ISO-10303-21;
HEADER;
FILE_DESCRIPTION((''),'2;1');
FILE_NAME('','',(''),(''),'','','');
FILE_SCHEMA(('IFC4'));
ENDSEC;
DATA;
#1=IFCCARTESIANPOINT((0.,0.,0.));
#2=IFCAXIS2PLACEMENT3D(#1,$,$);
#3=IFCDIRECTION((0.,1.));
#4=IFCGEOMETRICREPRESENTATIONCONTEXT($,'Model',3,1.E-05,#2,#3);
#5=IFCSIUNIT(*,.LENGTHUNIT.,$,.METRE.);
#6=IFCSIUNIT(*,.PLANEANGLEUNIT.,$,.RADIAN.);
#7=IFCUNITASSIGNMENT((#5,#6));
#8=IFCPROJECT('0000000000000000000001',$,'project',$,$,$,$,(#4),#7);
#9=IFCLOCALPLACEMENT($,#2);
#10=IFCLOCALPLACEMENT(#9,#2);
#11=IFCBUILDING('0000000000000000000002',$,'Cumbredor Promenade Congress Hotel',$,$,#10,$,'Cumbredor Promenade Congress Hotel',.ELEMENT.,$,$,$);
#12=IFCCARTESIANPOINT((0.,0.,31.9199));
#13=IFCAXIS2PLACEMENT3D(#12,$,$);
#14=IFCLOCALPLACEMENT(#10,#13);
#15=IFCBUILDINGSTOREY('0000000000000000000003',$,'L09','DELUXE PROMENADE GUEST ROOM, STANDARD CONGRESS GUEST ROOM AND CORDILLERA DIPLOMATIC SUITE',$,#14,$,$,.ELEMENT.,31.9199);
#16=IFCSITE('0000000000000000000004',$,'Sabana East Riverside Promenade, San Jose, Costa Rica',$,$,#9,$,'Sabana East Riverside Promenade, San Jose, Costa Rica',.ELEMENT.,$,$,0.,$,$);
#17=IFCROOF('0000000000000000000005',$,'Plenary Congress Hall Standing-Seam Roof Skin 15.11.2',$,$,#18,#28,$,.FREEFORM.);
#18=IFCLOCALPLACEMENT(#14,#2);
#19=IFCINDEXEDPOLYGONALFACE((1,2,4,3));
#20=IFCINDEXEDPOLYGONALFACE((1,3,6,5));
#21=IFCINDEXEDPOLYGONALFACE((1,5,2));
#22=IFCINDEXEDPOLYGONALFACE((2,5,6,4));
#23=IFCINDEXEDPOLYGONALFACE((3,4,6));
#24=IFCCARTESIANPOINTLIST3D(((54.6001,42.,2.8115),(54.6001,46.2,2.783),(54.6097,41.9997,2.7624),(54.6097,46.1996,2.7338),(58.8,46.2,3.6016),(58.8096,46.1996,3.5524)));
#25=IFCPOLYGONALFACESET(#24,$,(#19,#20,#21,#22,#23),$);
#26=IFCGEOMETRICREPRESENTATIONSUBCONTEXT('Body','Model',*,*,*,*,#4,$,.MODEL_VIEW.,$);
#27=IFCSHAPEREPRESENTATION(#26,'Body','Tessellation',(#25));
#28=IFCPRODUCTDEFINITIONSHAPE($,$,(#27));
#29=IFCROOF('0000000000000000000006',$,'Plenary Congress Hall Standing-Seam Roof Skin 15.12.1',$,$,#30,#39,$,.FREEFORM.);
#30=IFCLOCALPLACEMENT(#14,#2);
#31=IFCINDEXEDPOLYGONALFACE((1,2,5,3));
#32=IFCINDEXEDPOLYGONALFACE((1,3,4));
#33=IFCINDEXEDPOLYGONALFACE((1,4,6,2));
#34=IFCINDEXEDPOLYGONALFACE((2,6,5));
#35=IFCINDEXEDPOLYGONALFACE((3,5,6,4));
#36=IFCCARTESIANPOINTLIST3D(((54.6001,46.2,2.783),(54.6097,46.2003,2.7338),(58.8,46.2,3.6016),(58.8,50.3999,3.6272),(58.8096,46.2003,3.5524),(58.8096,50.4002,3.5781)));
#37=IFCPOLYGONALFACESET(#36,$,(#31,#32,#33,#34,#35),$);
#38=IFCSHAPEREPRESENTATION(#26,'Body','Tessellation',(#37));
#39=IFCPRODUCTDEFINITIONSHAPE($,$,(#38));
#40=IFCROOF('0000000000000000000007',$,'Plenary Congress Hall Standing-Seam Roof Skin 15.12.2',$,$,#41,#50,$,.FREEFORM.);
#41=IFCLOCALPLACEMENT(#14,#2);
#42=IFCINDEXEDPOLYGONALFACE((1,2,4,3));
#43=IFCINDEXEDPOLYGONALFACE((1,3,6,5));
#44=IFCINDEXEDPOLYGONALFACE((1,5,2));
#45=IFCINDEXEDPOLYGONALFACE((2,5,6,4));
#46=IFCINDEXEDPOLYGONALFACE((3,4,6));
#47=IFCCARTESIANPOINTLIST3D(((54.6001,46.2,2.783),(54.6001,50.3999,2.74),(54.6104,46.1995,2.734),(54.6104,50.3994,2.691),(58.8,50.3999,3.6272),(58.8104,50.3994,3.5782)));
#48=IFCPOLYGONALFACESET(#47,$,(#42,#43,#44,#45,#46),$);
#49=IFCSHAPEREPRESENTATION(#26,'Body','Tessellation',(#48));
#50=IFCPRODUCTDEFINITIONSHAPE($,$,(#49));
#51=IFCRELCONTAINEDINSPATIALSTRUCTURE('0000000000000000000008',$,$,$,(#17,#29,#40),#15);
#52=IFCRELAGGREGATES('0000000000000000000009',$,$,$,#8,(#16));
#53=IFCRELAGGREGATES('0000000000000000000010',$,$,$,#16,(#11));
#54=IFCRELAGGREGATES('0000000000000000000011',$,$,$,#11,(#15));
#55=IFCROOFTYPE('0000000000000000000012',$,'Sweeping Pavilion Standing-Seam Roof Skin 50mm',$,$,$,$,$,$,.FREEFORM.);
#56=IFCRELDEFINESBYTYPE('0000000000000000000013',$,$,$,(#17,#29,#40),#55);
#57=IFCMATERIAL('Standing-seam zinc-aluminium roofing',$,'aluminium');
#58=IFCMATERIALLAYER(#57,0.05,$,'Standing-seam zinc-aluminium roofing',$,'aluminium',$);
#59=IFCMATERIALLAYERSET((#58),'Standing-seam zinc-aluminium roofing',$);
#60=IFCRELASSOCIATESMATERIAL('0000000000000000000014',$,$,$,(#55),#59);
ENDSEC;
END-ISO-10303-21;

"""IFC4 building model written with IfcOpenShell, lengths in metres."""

from ifc_helpers import new_model, si_unit, direction, frame, origin, place, context, subcontext, project, spatial, polyline, outline, extrude, material, layer, layer_set, type_object, element, save


model = new_model("IFC4")

# Units and contexts
model_context = context("Model", 3, precision=1e-05, world=origin(), true_north=direction((0.0, 1.0)))
body_context = subcontext(model_context, "Body", "Model", "MODEL_VIEW")
ifc_project = project(units=[si_unit("LENGTHUNIT", "METRE"), si_unit("PLANEANGLEUNIT", "RADIAN")], contexts=[model_context])

# Site, building, storey
site_placement = place(None, origin())
site = spatial("IfcSite", under=ifc_project, at=site_placement, Name="Sabana East Riverside Promenade, San Jose, Costa Rica", LongName="Sabana East Riverside Promenade, San Jose, Costa Rica", CompositionType="ELEMENT", RefElevation=0.0)
building_placement = place(site_placement, origin())
building = spatial("IfcBuilding", under=site, at=building_placement, Name="Cumbredor Promenade Congress Hotel", LongName="Cumbredor Promenade Congress Hotel", CompositionType="ELEMENT")
storey_placement = place(building_placement, frame((0.0, 0.0, 31.9199)))
storey = spatial("IfcBuildingStorey", under=building, at=storey_placement, Name="L09", Description="DELUXE PROMENADE GUEST ROOM, STANDARD CONGRESS GUEST ROOM AND CORDILLERA DIPLOMATIC SUITE", CompositionType="ELEMENT", Elevation=31.9199)

# Roofs
ifc_material_1 = material(Name="Standing-seam zinc-aluminium roofing", Category="aluminium")
ifc_layer_1 = layer(ifc_material_1, 0.05, Name="Standing-seam zinc-aluminium roofing", Category="aluminium")
ifc_layer_set_1 = layer_set([ifc_layer_1], Name="Standing-seam zinc-aluminium roofing")
roof_type = type_object("IfcRoofType", Name="Sweeping Pavilion Standing-Seam Roof Skin 50mm", PredefinedType="FREEFORM", material=ifc_layer_set_1)
roof_1_placement = place(storey_placement, frame((54.6001, 42.0, 2.8115), z_axis=(-0.191304, 0.006675, 0.981508), x_axis=(0.700933, 0.700933, 0.13185)))
element("IfcRoof", 1, at=roof_1_placement, inside=storey, type_object=roof_type, Name="Plenary Congress Hall Standing-Seam Roof Skin 15.11.2", PredefinedType="FREEFORM", context=body_context, shape_type="SweptSolid", body=[
    extrude(outline(polyline([(0.0, 0.0), (5.9919, 0.0), (2.9401, 2.9993), (0.0, 0.0)])), origin(), (0.0, 0.0, -1.0), 0.05),
])
roof_2_placement = place(storey_placement, frame((54.6001, 46.2, 2.783), z_axis=(-0.191304, -0.005991, 0.981512), x_axis=(0.98153, 0.0, 0.191308)))
element("IfcRoof", 2, at=roof_2_placement, inside=storey, type_object=roof_type, Name="Plenary Congress Hall Standing-Seam Roof Skin 15.12.1", PredefinedType="FREEFORM", context=body_context, shape_type="SweptSolid", body=[
    extrude(outline(polyline([(0.0, 0.0), (4.279, 0.0), (4.2839, 4.2), (0.0, 0.0)])), origin(), (0.0, 0.0, -1.0), 0.05),
])
roof_3_placement = place(storey_placement, frame((54.6001, 46.2, 2.783), z_axis=(-0.206671, 0.010009, 0.978359), x_axis=(0.70007, 0.70007, 0.140722)))
element("IfcRoof", 3, at=roof_3_placement, inside=storey, type_object=roof_type, Name="Plenary Congress Hall Standing-Seam Roof Skin 15.12.2", PredefinedType="FREEFORM", context=body_context, shape_type="SweptSolid", body=[
    extrude(outline(polyline([(0.0, 0.0), (5.9993, 0.0), (2.9342, 3.0053), (0.0, 0.0)])), origin(), (0.0, 0.0, -1.0), 0.05),
])

save(model, "model.ifc")
